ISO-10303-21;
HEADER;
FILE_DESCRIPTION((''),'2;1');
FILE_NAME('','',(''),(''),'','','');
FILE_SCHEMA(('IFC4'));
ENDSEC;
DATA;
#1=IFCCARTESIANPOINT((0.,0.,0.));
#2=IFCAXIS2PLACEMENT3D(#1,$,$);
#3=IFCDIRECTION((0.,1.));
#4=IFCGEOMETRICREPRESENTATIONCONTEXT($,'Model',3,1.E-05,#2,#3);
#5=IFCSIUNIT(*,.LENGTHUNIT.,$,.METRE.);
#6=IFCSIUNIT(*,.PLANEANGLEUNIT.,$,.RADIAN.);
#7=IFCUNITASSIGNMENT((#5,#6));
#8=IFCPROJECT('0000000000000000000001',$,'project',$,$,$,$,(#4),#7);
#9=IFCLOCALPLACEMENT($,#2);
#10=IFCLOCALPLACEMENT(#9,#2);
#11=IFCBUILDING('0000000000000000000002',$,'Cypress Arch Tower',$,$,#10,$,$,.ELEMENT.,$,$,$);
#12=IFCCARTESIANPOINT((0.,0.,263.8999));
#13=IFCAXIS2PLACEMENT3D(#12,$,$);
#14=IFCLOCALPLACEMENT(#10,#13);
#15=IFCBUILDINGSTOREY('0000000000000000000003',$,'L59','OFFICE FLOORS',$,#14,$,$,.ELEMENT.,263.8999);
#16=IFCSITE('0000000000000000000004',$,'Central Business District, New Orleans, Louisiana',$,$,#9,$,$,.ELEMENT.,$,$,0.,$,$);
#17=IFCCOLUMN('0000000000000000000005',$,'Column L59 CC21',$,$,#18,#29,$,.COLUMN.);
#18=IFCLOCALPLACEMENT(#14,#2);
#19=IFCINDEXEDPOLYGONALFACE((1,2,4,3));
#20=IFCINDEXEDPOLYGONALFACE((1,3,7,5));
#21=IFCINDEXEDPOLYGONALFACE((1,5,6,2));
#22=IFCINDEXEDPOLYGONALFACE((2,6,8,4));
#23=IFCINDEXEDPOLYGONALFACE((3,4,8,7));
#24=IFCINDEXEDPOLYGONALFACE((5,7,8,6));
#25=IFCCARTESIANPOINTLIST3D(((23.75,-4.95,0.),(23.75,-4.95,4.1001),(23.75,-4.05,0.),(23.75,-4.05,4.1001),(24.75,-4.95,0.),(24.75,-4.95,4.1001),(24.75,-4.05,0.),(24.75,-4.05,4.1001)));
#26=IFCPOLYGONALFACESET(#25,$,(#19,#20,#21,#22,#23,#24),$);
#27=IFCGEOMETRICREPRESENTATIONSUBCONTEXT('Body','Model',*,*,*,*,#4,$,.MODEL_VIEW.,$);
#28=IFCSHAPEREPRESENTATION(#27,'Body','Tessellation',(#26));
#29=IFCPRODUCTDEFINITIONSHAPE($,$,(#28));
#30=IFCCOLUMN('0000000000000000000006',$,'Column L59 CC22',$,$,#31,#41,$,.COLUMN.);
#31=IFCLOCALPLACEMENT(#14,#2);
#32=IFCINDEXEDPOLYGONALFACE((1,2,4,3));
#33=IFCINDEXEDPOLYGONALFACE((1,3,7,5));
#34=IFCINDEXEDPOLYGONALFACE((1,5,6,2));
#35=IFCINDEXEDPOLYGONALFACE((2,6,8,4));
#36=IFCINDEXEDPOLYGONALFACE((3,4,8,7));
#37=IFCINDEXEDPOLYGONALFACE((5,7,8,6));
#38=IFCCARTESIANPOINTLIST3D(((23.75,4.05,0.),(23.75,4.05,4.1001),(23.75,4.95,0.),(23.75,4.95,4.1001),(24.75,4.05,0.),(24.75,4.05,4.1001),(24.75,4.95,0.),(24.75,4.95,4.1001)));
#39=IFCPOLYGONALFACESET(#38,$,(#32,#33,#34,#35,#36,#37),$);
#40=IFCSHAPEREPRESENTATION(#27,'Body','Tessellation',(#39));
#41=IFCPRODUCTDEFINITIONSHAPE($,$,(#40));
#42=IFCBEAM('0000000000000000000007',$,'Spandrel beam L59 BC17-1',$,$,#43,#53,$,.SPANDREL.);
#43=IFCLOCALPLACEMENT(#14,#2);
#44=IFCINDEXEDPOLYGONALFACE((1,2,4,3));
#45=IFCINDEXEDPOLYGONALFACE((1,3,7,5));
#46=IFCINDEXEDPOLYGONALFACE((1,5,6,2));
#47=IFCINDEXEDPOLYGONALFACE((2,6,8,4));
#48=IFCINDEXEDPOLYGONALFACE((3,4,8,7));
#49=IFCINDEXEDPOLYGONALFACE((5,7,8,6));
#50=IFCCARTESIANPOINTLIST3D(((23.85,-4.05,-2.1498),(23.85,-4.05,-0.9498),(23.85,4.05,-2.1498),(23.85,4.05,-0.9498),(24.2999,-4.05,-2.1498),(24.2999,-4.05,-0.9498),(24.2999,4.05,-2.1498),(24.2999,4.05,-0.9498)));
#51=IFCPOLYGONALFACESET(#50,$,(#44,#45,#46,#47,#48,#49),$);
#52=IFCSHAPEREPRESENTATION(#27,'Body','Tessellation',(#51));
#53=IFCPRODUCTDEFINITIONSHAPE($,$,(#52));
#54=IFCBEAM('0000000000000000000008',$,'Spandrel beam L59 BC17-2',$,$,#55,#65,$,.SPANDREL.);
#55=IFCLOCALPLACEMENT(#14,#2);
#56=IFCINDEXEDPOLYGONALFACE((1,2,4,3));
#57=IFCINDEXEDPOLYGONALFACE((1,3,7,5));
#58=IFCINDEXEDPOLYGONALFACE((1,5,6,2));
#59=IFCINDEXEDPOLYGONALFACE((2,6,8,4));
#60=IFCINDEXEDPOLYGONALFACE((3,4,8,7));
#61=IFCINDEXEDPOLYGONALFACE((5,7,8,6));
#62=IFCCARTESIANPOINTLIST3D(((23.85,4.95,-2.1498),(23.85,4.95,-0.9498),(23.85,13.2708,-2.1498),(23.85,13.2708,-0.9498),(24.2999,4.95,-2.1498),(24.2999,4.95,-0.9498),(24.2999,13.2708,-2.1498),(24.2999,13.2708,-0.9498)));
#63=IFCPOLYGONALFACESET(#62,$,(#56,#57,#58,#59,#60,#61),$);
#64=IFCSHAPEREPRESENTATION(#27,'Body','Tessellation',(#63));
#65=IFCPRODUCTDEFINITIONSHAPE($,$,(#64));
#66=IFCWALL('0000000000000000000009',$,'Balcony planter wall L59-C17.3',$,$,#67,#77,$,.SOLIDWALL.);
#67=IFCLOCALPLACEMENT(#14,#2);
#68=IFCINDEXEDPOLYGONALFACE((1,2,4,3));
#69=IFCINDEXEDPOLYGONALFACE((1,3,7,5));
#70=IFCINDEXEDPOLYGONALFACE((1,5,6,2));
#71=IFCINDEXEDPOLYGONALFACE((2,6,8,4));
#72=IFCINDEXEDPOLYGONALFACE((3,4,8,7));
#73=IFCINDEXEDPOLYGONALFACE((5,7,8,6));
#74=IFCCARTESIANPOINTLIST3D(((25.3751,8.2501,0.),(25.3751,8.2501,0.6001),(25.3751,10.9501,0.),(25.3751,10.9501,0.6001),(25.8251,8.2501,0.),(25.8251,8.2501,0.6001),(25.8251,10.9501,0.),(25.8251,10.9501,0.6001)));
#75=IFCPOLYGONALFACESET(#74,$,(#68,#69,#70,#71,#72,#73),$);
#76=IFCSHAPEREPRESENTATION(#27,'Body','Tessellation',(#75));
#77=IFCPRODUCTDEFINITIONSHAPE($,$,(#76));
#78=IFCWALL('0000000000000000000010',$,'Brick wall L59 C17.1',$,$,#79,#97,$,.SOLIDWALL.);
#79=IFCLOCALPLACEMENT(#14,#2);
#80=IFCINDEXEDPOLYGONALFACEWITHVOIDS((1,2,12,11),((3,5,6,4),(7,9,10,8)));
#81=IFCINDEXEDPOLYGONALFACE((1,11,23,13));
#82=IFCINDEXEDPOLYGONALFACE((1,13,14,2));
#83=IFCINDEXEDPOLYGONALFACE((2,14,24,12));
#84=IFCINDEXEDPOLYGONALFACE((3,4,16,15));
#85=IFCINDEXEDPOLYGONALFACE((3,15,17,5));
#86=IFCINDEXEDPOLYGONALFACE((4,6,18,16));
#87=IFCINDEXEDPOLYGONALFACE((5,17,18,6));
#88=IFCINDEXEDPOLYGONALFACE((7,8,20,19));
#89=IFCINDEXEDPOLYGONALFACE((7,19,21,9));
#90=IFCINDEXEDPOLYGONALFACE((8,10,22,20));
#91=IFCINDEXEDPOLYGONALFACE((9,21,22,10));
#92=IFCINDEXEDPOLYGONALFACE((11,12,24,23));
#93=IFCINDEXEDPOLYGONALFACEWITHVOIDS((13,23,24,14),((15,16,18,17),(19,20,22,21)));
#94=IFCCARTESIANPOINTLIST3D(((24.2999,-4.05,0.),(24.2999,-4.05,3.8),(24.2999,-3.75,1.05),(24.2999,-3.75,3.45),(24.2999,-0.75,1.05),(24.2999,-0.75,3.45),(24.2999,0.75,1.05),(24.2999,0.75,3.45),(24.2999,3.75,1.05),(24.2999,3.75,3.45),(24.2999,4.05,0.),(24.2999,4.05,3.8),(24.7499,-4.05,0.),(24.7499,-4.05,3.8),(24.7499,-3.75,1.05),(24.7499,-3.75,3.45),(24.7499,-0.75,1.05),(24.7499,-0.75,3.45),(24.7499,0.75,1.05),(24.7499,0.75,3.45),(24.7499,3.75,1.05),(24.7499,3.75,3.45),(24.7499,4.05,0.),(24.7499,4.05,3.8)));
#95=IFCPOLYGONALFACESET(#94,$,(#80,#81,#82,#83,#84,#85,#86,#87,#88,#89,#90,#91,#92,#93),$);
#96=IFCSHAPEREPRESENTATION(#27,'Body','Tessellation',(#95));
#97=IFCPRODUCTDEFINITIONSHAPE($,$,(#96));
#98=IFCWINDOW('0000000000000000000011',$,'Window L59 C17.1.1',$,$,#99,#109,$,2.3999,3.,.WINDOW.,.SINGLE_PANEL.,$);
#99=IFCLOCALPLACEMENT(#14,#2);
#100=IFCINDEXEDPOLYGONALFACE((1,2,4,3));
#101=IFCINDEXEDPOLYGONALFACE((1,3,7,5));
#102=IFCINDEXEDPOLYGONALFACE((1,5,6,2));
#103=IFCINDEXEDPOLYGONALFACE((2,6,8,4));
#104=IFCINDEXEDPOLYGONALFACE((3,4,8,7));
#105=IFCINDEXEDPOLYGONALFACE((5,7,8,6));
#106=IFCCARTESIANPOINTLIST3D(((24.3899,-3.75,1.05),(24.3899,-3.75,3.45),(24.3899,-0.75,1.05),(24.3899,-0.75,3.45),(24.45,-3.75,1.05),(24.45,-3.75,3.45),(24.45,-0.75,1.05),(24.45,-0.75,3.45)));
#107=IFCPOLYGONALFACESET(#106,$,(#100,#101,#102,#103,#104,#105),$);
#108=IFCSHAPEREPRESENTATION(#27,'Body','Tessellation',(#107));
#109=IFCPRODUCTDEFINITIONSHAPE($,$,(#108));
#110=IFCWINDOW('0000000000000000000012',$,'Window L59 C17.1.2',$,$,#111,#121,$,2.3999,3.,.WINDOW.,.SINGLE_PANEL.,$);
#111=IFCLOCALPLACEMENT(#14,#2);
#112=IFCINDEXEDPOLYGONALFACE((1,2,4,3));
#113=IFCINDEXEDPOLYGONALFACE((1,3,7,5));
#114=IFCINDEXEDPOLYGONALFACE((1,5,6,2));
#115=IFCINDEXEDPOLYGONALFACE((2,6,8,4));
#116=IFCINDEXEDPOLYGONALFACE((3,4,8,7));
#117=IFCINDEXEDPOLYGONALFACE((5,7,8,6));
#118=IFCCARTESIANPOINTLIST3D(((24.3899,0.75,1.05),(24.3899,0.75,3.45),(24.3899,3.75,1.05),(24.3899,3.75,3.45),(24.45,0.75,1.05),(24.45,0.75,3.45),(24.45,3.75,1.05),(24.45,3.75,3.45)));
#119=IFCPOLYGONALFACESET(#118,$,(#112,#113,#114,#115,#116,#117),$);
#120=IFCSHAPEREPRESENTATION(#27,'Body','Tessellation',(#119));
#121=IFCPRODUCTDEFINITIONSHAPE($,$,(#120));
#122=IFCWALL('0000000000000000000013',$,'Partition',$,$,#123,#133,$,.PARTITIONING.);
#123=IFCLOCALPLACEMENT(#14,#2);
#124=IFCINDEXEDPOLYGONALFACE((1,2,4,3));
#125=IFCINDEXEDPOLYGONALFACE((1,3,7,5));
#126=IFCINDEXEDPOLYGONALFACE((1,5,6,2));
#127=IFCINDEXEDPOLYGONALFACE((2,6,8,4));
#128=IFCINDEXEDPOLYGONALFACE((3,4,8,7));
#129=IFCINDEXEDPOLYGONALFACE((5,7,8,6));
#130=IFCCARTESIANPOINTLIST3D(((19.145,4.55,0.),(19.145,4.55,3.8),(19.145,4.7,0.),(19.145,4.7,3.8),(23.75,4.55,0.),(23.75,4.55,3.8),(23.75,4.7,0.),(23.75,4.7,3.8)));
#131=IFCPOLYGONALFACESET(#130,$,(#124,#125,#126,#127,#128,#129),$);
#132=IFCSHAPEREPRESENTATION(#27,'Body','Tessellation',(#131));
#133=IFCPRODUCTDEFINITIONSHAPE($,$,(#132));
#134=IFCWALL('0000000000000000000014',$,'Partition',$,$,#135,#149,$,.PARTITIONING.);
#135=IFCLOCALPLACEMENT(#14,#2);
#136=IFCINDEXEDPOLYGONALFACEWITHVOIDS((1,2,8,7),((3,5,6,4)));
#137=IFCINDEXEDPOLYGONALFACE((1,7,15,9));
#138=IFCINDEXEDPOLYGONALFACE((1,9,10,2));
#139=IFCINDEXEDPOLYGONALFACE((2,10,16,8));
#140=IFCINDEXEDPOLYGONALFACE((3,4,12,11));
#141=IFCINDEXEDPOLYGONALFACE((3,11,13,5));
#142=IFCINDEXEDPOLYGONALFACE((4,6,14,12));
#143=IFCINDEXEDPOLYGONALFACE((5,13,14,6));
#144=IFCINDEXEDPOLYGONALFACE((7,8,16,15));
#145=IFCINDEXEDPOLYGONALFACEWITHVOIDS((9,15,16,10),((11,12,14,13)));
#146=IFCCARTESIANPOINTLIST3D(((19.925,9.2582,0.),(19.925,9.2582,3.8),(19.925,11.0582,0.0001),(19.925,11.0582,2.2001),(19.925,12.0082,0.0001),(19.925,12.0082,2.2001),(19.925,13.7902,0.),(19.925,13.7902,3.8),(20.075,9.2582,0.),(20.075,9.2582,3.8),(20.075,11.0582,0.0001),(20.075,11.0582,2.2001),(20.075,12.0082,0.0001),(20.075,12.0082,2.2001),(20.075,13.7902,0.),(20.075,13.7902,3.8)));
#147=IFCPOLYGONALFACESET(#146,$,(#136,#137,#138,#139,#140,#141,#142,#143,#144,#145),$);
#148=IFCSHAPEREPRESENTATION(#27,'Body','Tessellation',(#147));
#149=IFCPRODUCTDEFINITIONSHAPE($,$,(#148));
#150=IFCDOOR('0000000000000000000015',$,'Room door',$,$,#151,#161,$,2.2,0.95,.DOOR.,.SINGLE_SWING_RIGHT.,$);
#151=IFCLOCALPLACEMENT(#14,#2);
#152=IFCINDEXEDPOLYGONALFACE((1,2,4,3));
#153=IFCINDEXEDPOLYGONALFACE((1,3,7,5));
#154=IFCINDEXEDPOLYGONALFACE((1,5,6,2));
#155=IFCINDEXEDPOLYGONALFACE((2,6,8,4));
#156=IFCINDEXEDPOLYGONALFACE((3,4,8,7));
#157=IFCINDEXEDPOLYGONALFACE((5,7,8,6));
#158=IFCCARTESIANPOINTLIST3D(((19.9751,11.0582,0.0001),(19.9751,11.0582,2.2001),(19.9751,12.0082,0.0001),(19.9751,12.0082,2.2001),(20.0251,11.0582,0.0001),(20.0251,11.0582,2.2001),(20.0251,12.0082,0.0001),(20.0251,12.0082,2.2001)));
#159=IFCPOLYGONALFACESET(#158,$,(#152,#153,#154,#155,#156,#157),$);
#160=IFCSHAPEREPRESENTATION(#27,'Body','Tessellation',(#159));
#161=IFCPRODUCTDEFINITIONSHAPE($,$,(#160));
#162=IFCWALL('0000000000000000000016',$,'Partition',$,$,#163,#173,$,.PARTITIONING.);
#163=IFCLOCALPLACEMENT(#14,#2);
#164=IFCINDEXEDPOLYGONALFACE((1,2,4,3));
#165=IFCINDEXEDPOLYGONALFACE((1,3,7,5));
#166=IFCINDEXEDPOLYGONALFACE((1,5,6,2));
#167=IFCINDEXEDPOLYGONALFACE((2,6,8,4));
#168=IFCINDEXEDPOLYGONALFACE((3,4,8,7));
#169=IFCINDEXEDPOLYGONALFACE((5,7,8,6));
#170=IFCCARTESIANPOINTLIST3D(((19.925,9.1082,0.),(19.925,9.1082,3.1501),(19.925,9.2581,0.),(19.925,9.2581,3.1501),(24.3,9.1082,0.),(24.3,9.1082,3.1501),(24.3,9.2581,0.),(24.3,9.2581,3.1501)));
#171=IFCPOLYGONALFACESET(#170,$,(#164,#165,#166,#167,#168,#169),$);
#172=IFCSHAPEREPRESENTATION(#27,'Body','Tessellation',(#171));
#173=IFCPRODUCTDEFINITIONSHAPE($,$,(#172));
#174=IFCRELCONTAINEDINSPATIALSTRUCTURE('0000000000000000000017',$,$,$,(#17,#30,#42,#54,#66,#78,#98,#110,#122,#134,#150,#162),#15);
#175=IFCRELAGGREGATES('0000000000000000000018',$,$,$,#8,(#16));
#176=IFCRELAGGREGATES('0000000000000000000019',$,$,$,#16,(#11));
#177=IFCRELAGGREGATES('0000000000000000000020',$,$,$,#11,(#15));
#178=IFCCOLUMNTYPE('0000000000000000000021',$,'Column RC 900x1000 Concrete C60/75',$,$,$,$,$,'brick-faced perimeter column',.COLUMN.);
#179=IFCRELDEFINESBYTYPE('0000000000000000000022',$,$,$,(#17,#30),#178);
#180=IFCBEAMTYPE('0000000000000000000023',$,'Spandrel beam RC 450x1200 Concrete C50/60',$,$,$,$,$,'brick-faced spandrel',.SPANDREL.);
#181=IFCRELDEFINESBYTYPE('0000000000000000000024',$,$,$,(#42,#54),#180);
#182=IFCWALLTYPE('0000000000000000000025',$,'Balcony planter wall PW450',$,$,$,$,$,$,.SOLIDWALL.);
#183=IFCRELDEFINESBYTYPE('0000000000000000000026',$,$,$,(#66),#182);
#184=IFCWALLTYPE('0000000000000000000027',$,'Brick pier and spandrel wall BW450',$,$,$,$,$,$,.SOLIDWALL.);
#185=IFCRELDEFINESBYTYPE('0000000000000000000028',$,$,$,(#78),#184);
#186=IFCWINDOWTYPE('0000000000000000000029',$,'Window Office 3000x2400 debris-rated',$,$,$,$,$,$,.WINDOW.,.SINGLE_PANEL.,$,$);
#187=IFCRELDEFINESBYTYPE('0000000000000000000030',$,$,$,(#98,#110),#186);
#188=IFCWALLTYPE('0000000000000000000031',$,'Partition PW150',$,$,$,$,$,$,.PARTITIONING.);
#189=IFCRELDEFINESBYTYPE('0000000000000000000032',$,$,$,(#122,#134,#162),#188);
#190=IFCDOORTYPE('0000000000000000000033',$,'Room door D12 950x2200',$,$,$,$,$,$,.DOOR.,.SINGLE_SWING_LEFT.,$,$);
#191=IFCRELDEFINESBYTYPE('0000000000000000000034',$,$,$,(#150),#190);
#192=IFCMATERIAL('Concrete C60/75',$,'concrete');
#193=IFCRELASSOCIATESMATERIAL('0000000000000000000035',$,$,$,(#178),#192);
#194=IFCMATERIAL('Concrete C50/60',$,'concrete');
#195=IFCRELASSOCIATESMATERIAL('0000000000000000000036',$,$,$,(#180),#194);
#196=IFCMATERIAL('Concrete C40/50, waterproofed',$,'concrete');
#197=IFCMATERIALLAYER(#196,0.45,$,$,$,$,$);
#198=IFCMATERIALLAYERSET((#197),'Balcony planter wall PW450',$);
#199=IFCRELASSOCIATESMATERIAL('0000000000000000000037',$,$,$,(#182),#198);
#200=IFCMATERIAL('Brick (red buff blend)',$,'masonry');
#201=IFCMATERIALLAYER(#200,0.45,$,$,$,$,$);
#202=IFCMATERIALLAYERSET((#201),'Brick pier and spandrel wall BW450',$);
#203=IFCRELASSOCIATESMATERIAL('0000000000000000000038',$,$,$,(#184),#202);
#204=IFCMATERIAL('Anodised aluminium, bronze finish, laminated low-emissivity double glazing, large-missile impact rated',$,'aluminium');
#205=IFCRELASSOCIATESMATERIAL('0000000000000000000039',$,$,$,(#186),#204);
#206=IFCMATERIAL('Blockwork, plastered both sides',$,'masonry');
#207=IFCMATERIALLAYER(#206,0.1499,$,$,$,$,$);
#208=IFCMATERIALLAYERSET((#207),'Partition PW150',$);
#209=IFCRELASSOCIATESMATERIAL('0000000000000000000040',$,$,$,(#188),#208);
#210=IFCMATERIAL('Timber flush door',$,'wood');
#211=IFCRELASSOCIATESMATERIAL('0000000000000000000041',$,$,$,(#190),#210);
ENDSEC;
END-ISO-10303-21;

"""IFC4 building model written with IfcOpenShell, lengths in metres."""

from ifc_helpers import new_model, si_unit, direction, frame, frame_2d, origin, origin_2d, place, context, subcontext, project, spatial, rectangle, extrude, material, layer, layer_set, material_profile, profile_set, type_object, element, fill, save


model = new_model("IFC4")

# Units and contexts
model_context = context("Model", 3, precision=1e-05, world=origin(), true_north=direction((0.0, 1.0)))
body_context = subcontext(model_context, "Body", "Model", "MODEL_VIEW")
ifc_project = project(units=[si_unit("LENGTHUNIT", "METRE"), si_unit("PLANEANGLEUNIT", "RADIAN")], contexts=[model_context])

# Site, building, storey
site_placement = place(None, origin())
site = spatial("IfcSite", under=ifc_project, at=site_placement, Name="Central Business District, New Orleans, Louisiana", CompositionType="ELEMENT", RefElevation=0.0)
building_placement = place(site_placement, origin())
building = spatial("IfcBuilding", under=site, at=building_placement, Name="Cypress Arch Tower", CompositionType="ELEMENT")
storey_placement = place(building_placement, frame((0.0, 0.0, 263.8999)))
storey = spatial("IfcBuildingStorey", under=building, at=storey_placement, Name="L59", Description="OFFICE FLOORS", CompositionType="ELEMENT", Elevation=263.8999)

# Columns
ifc_material_1 = material(Name="Concrete C60/75", Category="concrete")
ifc_material_profile_1 = material_profile(ifc_material_1, rectangle(XDim=0.8999, YDim=1.0, at=origin_2d()), Name="RC 900x1000")
ifc_profile_set_1 = profile_set([ifc_material_profile_1], Name="Concrete C60/75")
column_type = type_object("IfcColumnType", Name="Column RC 900x1000 Concrete C60/75", ElementType="brick-faced perimeter column", PredefinedType="COLUMN", material=ifc_profile_set_1)
for number, where, z_axis, x_axis, name in (
    (1, (24.25, -4.5, 0.0), (0.0, 0.0, 1.0), (0.0, 1.0, 0.0), "Column L59 CC21"),
    (2, (24.25, 4.5, 0.0), (0.0, 0.0, 1.0), (0.0, 1.0, 0.0), "Column L59 CC22"),
):
    element("IfcColumn", number, at=place(storey_placement, frame(where, z_axis=z_axis, x_axis=x_axis)), inside=storey, type_object=column_type, Name=name, PredefinedType="COLUMN", context=body_context, shape_type="SweptSolid", body=[
        extrude(rectangle(XDim=0.8999, YDim=1.0, at=origin_2d()), origin(), (0.0, 0.0, 1.0), 4.1001),
    ])

# Beams
ifc_material_2 = material(Name="Concrete C50/60", Category="concrete")
ifc_material_profile_2 = material_profile(ifc_material_2, rectangle(XDim=0.45, YDim=1.2, at=origin_2d()), Name="RC 450x1200")
ifc_profile_set_2 = profile_set([ifc_material_profile_2], Name="Concrete C50/60")
beam_type = type_object("IfcBeamType", Name="Spandrel beam RC 450x1200 Concrete C50/60", ElementType="brick-faced spandrel", PredefinedType="SPANDREL", material=ifc_profile_set_2)
beam_1_placement = place(storey_placement, frame((24.075, -4.05, -1.5498), z_axis=(0.0, 1.0, 0.0), x_axis=(-1.0, 0.0, 0.0)))
element("IfcBeam", 3, at=beam_1_placement, inside=storey, type_object=beam_type, Name="Spandrel beam L59 BC17-1", PredefinedType="SPANDREL", context=body_context, shape_type="SweptSolid", body=[
    extrude(rectangle(XDim=0.45, YDim=1.2, at=origin_2d()), origin(), (0.0, 0.0, 1.0), 8.1001),
])
beam_2_placement = place(storey_placement, frame((24.075, 4.95, -1.5498), z_axis=(0.0, 1.0, 0.0), x_axis=(-1.0, 0.0, 0.0)))
element("IfcBeam", 4, at=beam_2_placement, inside=storey, type_object=beam_type, Name="Spandrel beam L59 BC17-2", PredefinedType="SPANDREL", context=body_context, shape_type="SweptSolid", body=[
    extrude(rectangle(XDim=0.45, YDim=1.2, at=origin_2d()), origin(), (0.0, 0.0, 1.0), 8.3208),
])

# Wall
ifc_material_3 = material(Name="Concrete C40/50, waterproofed", Category="concrete")
ifc_layer_1 = layer(ifc_material_3, 0.45)
ifc_layer_set_1 = layer_set([ifc_layer_1], Name="Balcony planter wall PW450")
wall_type_1 = type_object("IfcWallType", Name="Balcony planter wall PW450", PredefinedType="SOLIDWALL", material=ifc_layer_set_1)
wall_1_placement = place(storey_placement, frame((25.6001, 8.25, 0.0), z_axis=(0.0, 0.0, 1.0), x_axis=(0.0, 1.0, 0.0)))
element("IfcWall", 5, at=wall_1_placement, inside=storey, type_object=wall_type_1, Name="Balcony planter wall L59-C17.3", PredefinedType="SOLIDWALL", context=body_context, shape_type="SweptSolid", body=[
    extrude(rectangle(XDim=2.7, YDim=0.45, at=frame_2d((1.3501, 0.0))), origin(), (0.0, 0.0, 1.0), 0.6001),
])

# Wall, openings, windows
ifc_material_4 = material(Name="Brick (red buff blend)", Category="masonry")
ifc_layer_2 = layer(ifc_material_4, 0.45)
ifc_layer_set_2 = layer_set([ifc_layer_2], Name="Brick pier and spandrel wall BW450")
wall_type_2 = type_object("IfcWallType", Name="Brick pier and spandrel wall BW450", PredefinedType="SOLIDWALL", material=ifc_layer_set_2)
wall_2_placement = place(storey_placement, frame((24.5249, -4.05, 0.0), z_axis=(0.0, 0.0, 1.0), x_axis=(0.0, 1.0, 0.0)))
wall_2 = element("IfcWall", 6, at=wall_2_placement, inside=storey, type_object=wall_type_2, Name="Brick wall L59 C17.1", PredefinedType="SOLIDWALL", context=body_context, shape_type="SweptSolid", body=[
    extrude(rectangle(XDim=8.1001, YDim=0.45, at=frame_2d((4.05, 0.0))), origin(), (0.0, 0.0, 1.0), 3.8),
])
opening_1_placement = place(wall_2_placement, frame((0.3, 0.0, 1.05)))
opening_1 = element("IfcOpeningElement", 7, at=opening_1_placement, cuts=wall_2, PredefinedType="OPENING", context=body_context, shape_type="SweptSolid", body=[
    extrude(rectangle(XDim=3.0, YDim=2.3999, at=frame_2d((1.5, 1.2))), frame((0.0, 0.2349, 0.0), z_axis=(0.0, -1.0, 0.0), x_axis=(1.0, 0.0, 0.0)), (0.0, 0.0, 1.0), 0.47),
])
opening_2_placement = place(wall_2_placement, frame((4.8, 0.0, 1.05)))
opening_2 = element("IfcOpeningElement", 8, at=opening_2_placement, cuts=wall_2, PredefinedType="OPENING", context=body_context, shape_type="SweptSolid", body=[
    extrude(rectangle(XDim=3.0, YDim=2.3999, at=frame_2d((1.5, 1.2))), frame((0.0, 0.2349, 0.0), z_axis=(0.0, -1.0, 0.0), x_axis=(1.0, 0.0, 0.0)), (0.0, 0.0, 1.0), 0.47),
])
ifc_material_5 = material(Name="Anodised aluminium, bronze finish, laminated low-emissivity double glazing, large-missile impact rated", Category="aluminium")
window_type_1 = type_object("IfcWindowType", Name="Window Office 3000x2400 debris-rated", PartitioningType="SINGLE_PANEL", PredefinedType="WINDOW", material=ifc_material_5)
window_1_placement = place(opening_1_placement, origin())
window_1 = element("IfcWindow", 9, at=window_1_placement, inside=storey, type_object=window_type_1, Name="Window L59 C17.1.1", OverallHeight=2.3999, OverallWidth=3.0, PartitioningType="SINGLE_PANEL", PredefinedType="WINDOW", context=body_context, shape_type="SweptSolid", body=[
    extrude(rectangle(XDim=3.0, YDim=2.3999, at=frame_2d((1.5, 1.2))), frame((0.0, 0.135, 0.0), z_axis=(0.0, -1.0, 0.0), x_axis=(1.0, 0.0, 0.0)), (0.0, 0.0, 1.0), 0.0601),
])
fill(opening_1, window_1)
window_2_placement = place(opening_2_placement, origin())
window_2 = element("IfcWindow", 10, at=window_2_placement, inside=storey, type_object=window_type_1, Name="Window L59 C17.1.2", OverallHeight=2.3999, OverallWidth=3.0, PartitioningType="SINGLE_PANEL", PredefinedType="WINDOW", context=body_context, shape_type="SweptSolid", body=[
    extrude(rectangle(XDim=3.0, YDim=2.3999, at=frame_2d((1.5, 1.2))), frame((0.0, 0.135, 0.0), z_axis=(0.0, -1.0, 0.0), x_axis=(1.0, 0.0, 0.0)), (0.0, 0.0, 1.0), 0.0601),
])
fill(opening_2, window_2)

# Wall
ifc_material_6 = material(Name="Blockwork, plastered both sides", Category="masonry")
ifc_layer_3 = layer(ifc_material_6, 0.1499)
ifc_layer_set_3 = layer_set([ifc_layer_3], Name="Partition PW150")
wall_type_3 = type_object("IfcWallType", Name="Partition PW150", PredefinedType="PARTITIONING", material=ifc_layer_set_3)
wall_3_placement = place(storey_placement, frame((19.145, 4.625, 0.0), z_axis=(0.0, 0.0, 1.0), x_axis=(1.0, 0.0, 0.0)))
element("IfcWall", 11, at=wall_3_placement, inside=storey, type_object=wall_type_3, Name="Partition", PredefinedType="PARTITIONING", context=body_context, shape_type="SweptSolid", body=[
    extrude(rectangle(XDim=4.605, YDim=0.1499, at=frame_2d((2.3025, 0.0))), origin(), (0.0, 0.0, 1.0), 3.8),
])

# Wall, opening, door
wall_4_placement = place(storey_placement, frame((20.0, 9.2581, 0.0), z_axis=(0.0, 0.0, 1.0), x_axis=(0.0, 1.0, 0.0)))
wall_4 = element("IfcWall", 12, at=wall_4_placement, inside=storey, type_object=wall_type_3, Name="Partition", PredefinedType="PARTITIONING", context=body_context, shape_type="SweptSolid", body=[
    extrude(rectangle(XDim=4.532, YDim=0.1499, at=frame_2d((2.2661, 0.0))), origin(), (0.0, 0.0, 1.0), 3.8),
])
opening_3_placement = place(wall_4_placement, frame((1.8, 0.0, 0.0)))
opening_3 = element("IfcOpeningElement", 13, at=opening_3_placement, cuts=wall_4, PredefinedType="OPENING", context=body_context, shape_type="SweptSolid", body=[
    extrude(rectangle(XDim=0.95, YDim=2.2, at=frame_2d((0.4751, 1.1001))), frame((0.0, 0.085, 0.0), z_axis=(0.0, -1.0, 0.0), x_axis=(1.0, 0.0, 0.0)), (0.0, 0.0, 1.0), 0.1699),
])
ifc_material_7 = material(Name="Timber flush door", Category="wood")
door_type_1 = type_object("IfcDoorType", Name="Room door D12 950x2200", OperationType="SINGLE_SWING_LEFT", PredefinedType="DOOR", material=ifc_material_7)
door_1_placement = place(opening_3_placement, origin())
door_1 = element("IfcDoor", 14, at=door_1_placement, inside=storey, type_object=door_type_1, Name="Room door", OperationType="SINGLE_SWING_RIGHT", OverallHeight=2.2, OverallWidth=0.95, PredefinedType="DOOR", context=body_context, shape_type="SweptSolid", body=[
    extrude(rectangle(XDim=0.95, YDim=2.2, at=frame_2d((0.4751, 1.1001))), frame((0.0, 0.0249, 0.0), z_axis=(0.0, -1.0, 0.0), x_axis=(1.0, 0.0, 0.0)), (0.0, 0.0, 1.0), 0.05),
])
fill(opening_3, door_1)

# Wall
wall_5_placement = place(storey_placement, frame((19.925, 9.1831, 0.0), z_axis=(0.0, 0.0, 1.0), x_axis=(1.0, 0.0, 0.0)))
element("IfcWall", 15, at=wall_5_placement, inside=storey, type_object=wall_type_3, Name="Partition", PredefinedType="PARTITIONING", context=body_context, shape_type="SweptSolid", body=[
    extrude(rectangle(XDim=4.375, YDim=0.1499, at=frame_2d((2.1875, 0.0))), origin(), (0.0, 0.0, 1.0), 3.1501),
])

save(model, "model.ifc")
